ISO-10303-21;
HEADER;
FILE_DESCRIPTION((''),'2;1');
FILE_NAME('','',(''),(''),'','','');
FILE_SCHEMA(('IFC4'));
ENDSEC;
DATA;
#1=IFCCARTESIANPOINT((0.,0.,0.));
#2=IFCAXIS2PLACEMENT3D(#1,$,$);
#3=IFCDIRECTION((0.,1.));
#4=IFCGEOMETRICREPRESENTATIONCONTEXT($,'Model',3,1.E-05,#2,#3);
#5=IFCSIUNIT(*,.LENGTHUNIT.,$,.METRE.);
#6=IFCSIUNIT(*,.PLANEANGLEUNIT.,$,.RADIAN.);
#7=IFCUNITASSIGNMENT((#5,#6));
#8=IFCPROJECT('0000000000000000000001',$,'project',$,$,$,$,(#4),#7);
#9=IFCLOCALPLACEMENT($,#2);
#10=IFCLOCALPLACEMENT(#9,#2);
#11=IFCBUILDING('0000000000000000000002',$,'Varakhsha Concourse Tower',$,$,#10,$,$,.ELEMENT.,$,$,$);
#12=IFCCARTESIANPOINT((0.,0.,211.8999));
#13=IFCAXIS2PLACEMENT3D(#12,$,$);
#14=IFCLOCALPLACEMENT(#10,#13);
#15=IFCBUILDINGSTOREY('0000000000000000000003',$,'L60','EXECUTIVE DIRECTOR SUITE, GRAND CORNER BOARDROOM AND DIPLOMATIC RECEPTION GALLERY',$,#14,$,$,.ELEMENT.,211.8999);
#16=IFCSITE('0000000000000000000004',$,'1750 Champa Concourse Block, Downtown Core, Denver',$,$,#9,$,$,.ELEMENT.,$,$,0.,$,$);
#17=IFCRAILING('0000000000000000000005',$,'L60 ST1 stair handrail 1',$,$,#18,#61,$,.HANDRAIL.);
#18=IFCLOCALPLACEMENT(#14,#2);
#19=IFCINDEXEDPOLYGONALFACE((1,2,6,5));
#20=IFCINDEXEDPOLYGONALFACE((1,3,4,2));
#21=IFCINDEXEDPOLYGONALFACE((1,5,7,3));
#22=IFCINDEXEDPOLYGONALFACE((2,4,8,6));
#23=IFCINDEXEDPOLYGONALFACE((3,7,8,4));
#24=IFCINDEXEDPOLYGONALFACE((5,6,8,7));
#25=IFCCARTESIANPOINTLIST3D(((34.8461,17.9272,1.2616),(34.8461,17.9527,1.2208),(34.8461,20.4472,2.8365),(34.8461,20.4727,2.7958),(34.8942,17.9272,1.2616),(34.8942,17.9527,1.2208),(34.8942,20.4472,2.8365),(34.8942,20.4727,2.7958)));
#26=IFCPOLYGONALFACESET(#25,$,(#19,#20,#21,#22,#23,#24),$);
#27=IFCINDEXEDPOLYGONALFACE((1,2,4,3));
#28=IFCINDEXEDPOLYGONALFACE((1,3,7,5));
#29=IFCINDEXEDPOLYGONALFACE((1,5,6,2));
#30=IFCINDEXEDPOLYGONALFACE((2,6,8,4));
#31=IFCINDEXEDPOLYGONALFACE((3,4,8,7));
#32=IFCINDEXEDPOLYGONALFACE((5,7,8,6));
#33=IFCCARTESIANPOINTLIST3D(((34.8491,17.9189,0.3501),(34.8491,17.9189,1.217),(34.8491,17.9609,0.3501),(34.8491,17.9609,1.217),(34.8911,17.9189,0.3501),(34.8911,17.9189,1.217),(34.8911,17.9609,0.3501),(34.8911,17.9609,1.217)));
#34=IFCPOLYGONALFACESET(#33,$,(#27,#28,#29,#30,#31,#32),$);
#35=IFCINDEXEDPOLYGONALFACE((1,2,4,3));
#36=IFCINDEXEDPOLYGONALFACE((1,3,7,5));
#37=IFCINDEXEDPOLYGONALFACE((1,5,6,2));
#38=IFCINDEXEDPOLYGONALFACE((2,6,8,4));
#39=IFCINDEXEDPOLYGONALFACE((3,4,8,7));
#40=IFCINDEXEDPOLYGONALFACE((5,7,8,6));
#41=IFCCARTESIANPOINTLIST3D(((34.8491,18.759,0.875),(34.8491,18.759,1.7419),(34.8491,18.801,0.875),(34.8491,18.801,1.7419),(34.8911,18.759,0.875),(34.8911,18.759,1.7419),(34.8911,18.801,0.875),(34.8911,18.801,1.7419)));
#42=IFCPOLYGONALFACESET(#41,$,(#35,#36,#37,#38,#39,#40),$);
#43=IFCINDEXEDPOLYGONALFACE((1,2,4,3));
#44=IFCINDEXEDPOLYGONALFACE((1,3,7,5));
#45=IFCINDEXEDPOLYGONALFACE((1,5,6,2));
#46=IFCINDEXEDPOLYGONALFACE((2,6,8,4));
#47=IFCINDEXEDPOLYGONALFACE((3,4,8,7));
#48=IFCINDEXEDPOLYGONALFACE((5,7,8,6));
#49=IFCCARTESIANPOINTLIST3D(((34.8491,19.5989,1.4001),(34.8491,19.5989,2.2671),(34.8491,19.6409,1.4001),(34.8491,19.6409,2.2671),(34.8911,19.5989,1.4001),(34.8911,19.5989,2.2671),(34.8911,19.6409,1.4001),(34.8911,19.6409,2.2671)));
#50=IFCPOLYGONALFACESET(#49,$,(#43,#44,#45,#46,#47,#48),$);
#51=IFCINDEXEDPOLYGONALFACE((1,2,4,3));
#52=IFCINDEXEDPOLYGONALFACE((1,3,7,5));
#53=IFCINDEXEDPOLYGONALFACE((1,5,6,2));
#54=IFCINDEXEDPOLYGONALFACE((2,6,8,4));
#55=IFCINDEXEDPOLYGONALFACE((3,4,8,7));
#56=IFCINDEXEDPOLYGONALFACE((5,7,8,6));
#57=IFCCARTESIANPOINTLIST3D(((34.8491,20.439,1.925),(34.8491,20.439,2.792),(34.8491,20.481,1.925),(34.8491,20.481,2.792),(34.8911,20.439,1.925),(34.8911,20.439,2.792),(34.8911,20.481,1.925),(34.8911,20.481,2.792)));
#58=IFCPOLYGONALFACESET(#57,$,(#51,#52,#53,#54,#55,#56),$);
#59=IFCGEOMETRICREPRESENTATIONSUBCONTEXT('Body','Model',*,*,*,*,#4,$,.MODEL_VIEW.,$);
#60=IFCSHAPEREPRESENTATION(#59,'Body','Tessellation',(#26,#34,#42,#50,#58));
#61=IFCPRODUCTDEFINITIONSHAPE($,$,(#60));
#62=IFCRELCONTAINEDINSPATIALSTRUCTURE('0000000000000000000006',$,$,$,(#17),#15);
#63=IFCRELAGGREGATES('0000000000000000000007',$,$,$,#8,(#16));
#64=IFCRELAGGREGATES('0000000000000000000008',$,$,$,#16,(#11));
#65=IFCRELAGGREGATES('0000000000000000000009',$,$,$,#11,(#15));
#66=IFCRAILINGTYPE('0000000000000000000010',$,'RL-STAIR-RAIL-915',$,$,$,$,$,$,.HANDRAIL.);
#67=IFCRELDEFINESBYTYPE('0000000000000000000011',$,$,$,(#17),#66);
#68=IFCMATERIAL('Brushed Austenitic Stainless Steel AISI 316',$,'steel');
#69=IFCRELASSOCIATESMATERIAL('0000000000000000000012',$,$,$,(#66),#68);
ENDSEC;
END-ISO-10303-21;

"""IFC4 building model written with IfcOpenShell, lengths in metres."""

from ifc_helpers import new_model, si_unit, direction, frame, origin, origin_2d, place, context, subcontext, project, spatial, rectangle, extrude, material, type_object, element, save


model = new_model("IFC4")

# Units and contexts
model_context = context("Model", 3, precision=1e-05, world=origin(), true_north=direction((0.0, 1.0)))
body_context = subcontext(model_context, "Body", "Model", "MODEL_VIEW")
ifc_project = project(units=[si_unit("LENGTHUNIT", "METRE"), si_unit("PLANEANGLEUNIT", "RADIAN")], contexts=[model_context])

# Site, building, storey
site_placement = place(None, origin())
site = spatial("IfcSite", under=ifc_project, at=site_placement, Name="1750 Champa Concourse Block, Downtown Core, Denver", CompositionType="ELEMENT", RefElevation=0.0)
building_placement = place(site_placement, origin())
building = spatial("IfcBuilding", under=site, at=building_placement, Name="Varakhsha Concourse Tower", CompositionType="ELEMENT")
storey_placement = place(building_placement, frame((0.0, 0.0, 211.8999)))
storey = spatial("IfcBuildingStorey", under=building, at=storey_placement, Name="L60", Description="EXECUTIVE DIRECTOR SUITE, GRAND CORNER BOARDROOM AND DIPLOMATIC RECEPTION GALLERY", CompositionType="ELEMENT", Elevation=211.8999)

# Railing
ifc_material_1 = material(Name="Brushed Austenitic Stainless Steel AISI 316", Category="steel")
railing_type_1 = type_object("IfcRailingType", Name="RL-STAIR-RAIL-915", PredefinedType="HANDRAIL", material=ifc_material_1)
railing_1_placement = place(storey_placement, frame((34.8701, 17.9399, 0.3501)))
element("IfcRailing", 1, at=railing_1_placement, inside=storey, type_object=railing_type_1, Name="L60 ST1 stair handrail 1", PredefinedType="HANDRAIL", context=body_context, shape_type="SweptSolid", body=[
    extrude(rectangle(XDim=0.0481, YDim=0.0481, at=origin_2d()), frame((0.0, 0.0, 0.8911), z_axis=(0.0, 0.848008, 0.529984), x_axis=(-1.0, 0.0, 0.0)), (0.0, 0.0, 1.0), 2.9717),
    extrude(rectangle(XDim=0.042, YDim=0.042, at=origin_2d()), origin(), (0.0, 0.0, 1.0), 0.8669),
    extrude(rectangle(XDim=0.042, YDim=0.042, at=origin_2d()), frame((0.0, 0.8401, 0.5249)), (0.0, 0.0, 1.0), 0.8669),
    extrude(rectangle(XDim=0.042, YDim=0.042, at=origin_2d()), frame((0.0, 1.6799, 1.05)), (0.0, 0.0, 1.0), 0.8669),
    extrude(rectangle(XDim=0.042, YDim=0.042, at=origin_2d()), frame((0.0, 2.52, 1.575)), (0.0, 0.0, 1.0), 0.8669),
])

save(model, "model.ifc")
